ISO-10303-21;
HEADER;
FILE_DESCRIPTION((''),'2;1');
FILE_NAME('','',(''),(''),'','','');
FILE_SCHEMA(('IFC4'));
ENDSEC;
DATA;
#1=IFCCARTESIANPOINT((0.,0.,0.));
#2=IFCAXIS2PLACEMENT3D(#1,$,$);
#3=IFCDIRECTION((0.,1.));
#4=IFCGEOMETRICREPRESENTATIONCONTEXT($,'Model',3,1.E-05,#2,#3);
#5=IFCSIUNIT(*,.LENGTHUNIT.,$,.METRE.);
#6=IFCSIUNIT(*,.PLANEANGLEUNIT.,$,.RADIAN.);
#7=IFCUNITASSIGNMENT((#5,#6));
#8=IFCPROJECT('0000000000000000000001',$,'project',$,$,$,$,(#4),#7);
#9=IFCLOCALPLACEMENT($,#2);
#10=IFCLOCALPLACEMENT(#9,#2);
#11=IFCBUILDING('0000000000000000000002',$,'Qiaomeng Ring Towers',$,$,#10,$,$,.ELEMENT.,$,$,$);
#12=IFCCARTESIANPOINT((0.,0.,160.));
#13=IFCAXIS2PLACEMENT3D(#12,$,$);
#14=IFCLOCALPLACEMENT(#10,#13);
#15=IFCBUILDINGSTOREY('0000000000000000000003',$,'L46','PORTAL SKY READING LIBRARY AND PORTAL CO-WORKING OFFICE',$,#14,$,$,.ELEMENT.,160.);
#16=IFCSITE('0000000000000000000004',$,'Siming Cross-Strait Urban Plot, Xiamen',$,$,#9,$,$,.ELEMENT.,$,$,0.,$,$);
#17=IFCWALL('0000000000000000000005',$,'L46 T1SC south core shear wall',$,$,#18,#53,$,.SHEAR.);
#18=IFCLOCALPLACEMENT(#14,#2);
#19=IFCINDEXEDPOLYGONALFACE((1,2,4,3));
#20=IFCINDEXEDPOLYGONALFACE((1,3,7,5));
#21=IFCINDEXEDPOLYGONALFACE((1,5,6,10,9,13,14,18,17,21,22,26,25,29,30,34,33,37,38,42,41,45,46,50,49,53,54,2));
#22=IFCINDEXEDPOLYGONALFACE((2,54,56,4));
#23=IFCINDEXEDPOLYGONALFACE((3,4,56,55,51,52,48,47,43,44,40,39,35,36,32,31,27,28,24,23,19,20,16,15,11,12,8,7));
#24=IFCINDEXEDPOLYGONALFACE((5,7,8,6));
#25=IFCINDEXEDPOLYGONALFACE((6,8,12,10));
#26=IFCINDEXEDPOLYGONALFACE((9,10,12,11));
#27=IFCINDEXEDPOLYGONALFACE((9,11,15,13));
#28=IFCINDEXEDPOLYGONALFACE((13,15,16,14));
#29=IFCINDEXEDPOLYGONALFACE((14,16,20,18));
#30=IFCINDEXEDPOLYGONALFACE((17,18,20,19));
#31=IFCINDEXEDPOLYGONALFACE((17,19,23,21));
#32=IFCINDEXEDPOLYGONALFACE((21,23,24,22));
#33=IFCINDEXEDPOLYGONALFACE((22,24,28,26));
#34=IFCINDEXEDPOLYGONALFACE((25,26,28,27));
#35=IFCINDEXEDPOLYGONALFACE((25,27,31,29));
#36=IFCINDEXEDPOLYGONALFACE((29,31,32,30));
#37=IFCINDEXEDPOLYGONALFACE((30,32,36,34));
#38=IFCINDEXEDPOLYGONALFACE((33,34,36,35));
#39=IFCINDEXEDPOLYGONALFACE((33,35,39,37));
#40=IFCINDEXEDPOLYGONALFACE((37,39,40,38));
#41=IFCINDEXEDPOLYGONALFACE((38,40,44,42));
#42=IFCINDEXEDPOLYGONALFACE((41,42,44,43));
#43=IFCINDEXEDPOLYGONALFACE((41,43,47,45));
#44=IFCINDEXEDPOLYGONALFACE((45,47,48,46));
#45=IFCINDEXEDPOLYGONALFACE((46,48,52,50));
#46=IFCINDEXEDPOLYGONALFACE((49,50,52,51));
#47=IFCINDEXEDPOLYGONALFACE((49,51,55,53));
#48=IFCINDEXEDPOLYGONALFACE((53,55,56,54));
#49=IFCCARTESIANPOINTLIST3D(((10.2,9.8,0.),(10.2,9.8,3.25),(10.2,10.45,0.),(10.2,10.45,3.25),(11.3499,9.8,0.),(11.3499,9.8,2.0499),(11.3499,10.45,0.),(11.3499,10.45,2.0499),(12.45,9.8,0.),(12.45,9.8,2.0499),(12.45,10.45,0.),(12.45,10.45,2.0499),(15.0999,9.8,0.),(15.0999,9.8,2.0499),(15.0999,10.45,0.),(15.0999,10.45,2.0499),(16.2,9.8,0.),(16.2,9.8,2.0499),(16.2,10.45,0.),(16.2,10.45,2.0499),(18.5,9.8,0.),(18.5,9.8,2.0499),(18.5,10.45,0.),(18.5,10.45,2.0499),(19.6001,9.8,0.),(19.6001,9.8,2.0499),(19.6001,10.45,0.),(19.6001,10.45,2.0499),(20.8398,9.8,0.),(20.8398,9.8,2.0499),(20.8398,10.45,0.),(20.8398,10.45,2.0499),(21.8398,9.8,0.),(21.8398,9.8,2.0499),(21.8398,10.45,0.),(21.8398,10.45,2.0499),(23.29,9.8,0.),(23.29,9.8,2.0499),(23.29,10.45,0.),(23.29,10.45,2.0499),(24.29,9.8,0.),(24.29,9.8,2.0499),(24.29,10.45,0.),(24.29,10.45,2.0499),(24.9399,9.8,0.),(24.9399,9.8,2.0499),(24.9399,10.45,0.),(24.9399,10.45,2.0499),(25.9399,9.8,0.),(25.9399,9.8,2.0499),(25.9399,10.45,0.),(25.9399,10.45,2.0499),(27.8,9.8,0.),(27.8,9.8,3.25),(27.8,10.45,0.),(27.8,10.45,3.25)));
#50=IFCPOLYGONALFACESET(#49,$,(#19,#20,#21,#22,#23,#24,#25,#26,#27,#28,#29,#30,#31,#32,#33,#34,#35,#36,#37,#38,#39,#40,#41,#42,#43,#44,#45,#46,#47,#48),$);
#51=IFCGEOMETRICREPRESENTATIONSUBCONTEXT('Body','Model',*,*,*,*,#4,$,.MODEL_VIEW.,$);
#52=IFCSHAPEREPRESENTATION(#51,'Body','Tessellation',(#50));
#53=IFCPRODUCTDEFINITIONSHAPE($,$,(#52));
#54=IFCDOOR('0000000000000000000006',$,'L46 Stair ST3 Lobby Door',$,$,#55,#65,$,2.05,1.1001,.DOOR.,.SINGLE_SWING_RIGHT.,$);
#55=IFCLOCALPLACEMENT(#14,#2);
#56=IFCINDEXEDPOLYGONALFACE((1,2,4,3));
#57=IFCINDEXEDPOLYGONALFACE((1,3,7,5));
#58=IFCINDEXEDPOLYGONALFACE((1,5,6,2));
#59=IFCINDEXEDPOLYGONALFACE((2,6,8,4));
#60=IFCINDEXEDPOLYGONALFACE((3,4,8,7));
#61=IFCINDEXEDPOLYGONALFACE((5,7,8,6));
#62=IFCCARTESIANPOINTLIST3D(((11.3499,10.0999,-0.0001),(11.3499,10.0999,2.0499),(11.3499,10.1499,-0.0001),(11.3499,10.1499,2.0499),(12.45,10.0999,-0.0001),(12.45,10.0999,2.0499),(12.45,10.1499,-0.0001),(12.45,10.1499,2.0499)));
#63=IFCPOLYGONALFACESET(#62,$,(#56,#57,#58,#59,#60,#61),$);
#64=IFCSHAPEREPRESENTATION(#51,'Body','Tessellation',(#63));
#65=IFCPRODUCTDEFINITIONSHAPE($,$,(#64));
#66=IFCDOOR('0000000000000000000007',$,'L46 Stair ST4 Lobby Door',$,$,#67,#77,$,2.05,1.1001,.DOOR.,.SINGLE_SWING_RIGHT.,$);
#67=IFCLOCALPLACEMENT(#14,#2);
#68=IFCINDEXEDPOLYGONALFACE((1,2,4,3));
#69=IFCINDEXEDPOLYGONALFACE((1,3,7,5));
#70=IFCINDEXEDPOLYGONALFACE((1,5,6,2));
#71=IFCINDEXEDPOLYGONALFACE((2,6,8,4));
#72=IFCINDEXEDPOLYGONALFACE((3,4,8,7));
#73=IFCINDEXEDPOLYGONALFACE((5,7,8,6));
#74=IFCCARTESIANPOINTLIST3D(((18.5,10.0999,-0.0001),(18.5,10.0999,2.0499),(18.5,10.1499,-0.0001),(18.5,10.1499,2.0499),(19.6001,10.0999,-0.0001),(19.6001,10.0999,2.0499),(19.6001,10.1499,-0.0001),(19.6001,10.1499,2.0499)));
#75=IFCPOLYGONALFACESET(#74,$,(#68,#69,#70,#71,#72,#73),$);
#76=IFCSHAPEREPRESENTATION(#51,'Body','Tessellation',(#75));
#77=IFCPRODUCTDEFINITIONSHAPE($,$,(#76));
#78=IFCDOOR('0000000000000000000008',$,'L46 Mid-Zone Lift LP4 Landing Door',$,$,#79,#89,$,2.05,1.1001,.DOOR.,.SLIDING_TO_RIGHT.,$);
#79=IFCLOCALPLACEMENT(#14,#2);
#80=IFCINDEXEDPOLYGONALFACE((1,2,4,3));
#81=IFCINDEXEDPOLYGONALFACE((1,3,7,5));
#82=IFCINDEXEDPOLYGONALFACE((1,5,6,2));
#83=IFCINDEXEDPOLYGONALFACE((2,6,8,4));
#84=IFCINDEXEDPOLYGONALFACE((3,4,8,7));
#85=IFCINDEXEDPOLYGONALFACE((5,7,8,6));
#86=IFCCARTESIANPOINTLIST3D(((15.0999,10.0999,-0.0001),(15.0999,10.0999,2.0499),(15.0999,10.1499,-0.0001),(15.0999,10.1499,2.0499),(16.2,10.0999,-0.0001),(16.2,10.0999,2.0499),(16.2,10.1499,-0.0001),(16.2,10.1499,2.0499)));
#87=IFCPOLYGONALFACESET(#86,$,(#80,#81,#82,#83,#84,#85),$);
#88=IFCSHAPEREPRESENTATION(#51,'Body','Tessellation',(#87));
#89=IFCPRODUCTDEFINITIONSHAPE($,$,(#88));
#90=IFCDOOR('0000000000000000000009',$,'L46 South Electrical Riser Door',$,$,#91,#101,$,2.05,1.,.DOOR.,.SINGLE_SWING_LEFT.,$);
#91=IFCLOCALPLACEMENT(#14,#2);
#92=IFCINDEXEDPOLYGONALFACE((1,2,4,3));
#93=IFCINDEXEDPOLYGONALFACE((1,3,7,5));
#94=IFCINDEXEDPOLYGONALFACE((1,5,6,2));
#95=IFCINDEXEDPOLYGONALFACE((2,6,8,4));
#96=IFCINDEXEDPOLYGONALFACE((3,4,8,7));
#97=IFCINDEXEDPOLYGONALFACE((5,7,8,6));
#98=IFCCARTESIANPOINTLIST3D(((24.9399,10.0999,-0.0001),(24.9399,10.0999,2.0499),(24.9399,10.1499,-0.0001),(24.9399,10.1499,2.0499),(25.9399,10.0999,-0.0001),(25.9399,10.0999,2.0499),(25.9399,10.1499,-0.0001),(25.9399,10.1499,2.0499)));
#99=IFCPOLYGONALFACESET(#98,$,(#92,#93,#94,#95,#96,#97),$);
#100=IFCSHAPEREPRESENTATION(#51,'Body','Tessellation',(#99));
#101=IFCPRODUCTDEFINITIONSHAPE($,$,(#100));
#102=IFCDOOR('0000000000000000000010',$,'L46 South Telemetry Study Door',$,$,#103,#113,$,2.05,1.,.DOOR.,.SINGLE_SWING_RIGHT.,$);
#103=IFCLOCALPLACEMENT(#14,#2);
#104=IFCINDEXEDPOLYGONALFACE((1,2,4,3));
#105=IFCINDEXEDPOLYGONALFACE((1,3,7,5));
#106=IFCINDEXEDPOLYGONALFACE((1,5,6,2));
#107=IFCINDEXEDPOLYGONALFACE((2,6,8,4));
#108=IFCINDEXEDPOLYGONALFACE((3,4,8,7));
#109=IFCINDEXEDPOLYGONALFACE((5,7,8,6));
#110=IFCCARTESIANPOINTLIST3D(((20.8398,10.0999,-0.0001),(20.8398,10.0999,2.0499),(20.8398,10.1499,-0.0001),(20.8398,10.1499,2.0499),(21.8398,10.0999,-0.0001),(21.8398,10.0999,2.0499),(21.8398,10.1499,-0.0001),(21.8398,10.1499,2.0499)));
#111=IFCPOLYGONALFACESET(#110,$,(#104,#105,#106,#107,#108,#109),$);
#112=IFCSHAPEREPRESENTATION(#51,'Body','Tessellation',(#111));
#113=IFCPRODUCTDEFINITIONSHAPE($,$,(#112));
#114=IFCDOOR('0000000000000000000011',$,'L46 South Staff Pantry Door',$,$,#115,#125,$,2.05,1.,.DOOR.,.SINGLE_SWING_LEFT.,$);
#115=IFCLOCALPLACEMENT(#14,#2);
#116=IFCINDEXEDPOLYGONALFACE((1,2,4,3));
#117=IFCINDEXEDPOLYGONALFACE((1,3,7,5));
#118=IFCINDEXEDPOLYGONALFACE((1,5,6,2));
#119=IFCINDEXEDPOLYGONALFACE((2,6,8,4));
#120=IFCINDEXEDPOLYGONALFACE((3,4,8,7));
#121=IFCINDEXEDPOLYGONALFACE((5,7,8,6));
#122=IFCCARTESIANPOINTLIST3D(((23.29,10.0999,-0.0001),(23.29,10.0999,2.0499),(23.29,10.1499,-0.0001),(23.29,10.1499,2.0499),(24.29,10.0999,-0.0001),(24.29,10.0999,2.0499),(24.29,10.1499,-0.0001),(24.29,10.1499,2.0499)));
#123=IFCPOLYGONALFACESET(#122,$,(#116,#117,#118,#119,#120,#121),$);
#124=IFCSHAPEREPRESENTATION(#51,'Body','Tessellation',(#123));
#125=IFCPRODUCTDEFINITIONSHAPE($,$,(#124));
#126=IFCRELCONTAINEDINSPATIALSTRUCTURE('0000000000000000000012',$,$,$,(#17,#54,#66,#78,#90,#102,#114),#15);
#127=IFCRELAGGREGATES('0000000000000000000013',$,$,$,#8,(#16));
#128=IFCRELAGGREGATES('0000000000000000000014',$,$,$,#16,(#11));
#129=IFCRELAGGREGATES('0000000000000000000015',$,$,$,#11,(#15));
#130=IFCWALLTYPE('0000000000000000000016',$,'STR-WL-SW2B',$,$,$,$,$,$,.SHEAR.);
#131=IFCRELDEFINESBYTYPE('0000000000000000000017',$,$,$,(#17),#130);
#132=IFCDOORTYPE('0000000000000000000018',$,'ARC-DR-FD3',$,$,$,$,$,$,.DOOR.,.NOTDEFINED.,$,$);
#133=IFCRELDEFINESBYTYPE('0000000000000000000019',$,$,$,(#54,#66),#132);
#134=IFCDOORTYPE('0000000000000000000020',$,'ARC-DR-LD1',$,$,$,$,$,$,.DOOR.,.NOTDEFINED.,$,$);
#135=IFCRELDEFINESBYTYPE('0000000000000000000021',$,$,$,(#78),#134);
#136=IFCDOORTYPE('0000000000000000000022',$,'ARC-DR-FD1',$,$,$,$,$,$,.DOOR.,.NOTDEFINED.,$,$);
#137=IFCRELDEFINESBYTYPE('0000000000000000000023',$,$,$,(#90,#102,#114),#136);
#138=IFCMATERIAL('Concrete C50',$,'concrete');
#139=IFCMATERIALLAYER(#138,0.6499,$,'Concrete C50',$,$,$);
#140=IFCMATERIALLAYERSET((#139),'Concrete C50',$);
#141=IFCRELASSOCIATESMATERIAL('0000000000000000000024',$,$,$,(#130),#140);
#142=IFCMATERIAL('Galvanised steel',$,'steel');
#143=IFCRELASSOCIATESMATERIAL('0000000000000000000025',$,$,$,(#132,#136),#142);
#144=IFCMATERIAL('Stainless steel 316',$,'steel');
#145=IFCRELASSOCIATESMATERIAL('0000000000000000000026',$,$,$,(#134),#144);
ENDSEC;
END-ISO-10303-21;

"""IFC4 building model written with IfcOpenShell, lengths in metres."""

from ifc_helpers import new_model, si_unit, direction, frame, frame_2d, origin, place, context, subcontext, project, spatial, rectangle, extrude, source, transform, mapped, material, layer, layer_set, type_object, element, fill, save


model = new_model("IFC4")

# Units and contexts
model_context = context("Model", 3, precision=1e-05, world=origin(), true_north=direction((0.0, 1.0)))
body_context = subcontext(model_context, "Body", "Model", "MODEL_VIEW")
ifc_project = project(units=[si_unit("LENGTHUNIT", "METRE"), si_unit("PLANEANGLEUNIT", "RADIAN")], contexts=[model_context])

# Site, building, storey
site_placement = place(None, origin())
site = spatial("IfcSite", under=ifc_project, at=site_placement, Name="Siming Cross-Strait Urban Plot, Xiamen", CompositionType="ELEMENT", RefElevation=0.0)
building_placement = place(site_placement, origin())
building = spatial("IfcBuilding", under=site, at=building_placement, Name="Qiaomeng Ring Towers", CompositionType="ELEMENT")
storey_placement = place(building_placement, frame((0.0, 0.0, 160.0)))
storey = spatial("IfcBuildingStorey", under=building, at=storey_placement, Name="L46", Description="PORTAL SKY READING LIBRARY AND PORTAL CO-WORKING OFFICE", CompositionType="ELEMENT", Elevation=160.0)

# Wall, openings, doors
shared_shape_1 = source(origin(), body_context, "Body", "SweptSolid", [
    extrude(rectangle(XDim=1.0, YDim=2.05, at=frame_2d((0.5, 1.0249))), frame((0.0, 0.0249, 0.0), z_axis=(0.0, -1.0, 0.0), x_axis=(1.0, 0.0, 0.0)), (0.0, 0.0, 1.0), 0.05),
])
ifc_material_1 = material(Name="Concrete C50", Category="concrete")
ifc_layer_1 = layer(ifc_material_1, 0.6499, Name="Concrete C50")
ifc_layer_set_1 = layer_set([ifc_layer_1], Name="Concrete C50")
wall_type_1 = type_object("IfcWallType", Name="STR-WL-SW2B", PredefinedType="SHEAR", material=ifc_layer_set_1)
wall_1_placement = place(storey_placement, frame((10.2, 10.125, 0.0), z_axis=(0.0, 0.0, 1.0), x_axis=(1.0, 0.0, 0.0)))
wall_1 = element("IfcWall", 1, at=wall_1_placement, inside=storey, type_object=wall_type_1, Name="L46 T1SC south core shear wall", PredefinedType="SHEAR", context=body_context, shape_type="SweptSolid", body=[
    extrude(rectangle(XDim=17.6001, YDim=0.6499, at=frame_2d((8.8, 0.0))), origin(), (0.0, 0.0, 1.0), 3.25),
])
opening_1_placement = place(wall_1_placement, frame((1.1499, 0.0, 0.0)))
opening_1 = element("IfcOpeningElement", 2, at=opening_1_placement, cuts=wall_1, PredefinedType="OPENING", context=body_context, shape_type="SweptSolid", body=[
    extrude(rectangle(XDim=1.1001, YDim=2.05, at=frame_2d((0.55, 1.0249))), frame((0.0, 0.335, 0.0), z_axis=(0.0, -1.0, 0.0), x_axis=(1.0, 0.0, 0.0)), (0.0, 0.0, 1.0), 0.6699),
])
opening_2_placement = place(wall_1_placement, frame((8.3, 0.0, 0.0)))
opening_2 = element("IfcOpeningElement", 3, at=opening_2_placement, cuts=wall_1, PredefinedType="OPENING", context=body_context, shape_type="SweptSolid", body=[
    extrude(rectangle(XDim=1.1001, YDim=2.05, at=frame_2d((0.55, 1.0249))), frame((0.0, 0.335, 0.0), z_axis=(0.0, -1.0, 0.0), x_axis=(1.0, 0.0, 0.0)), (0.0, 0.0, 1.0), 0.6699),
])
opening_3_placement = place(wall_1_placement, frame((4.8999, 0.0, 0.0)))
opening_3 = element("IfcOpeningElement", 4, at=opening_3_placement, cuts=wall_1, PredefinedType="OPENING", context=body_context, shape_type="SweptSolid", body=[
    extrude(rectangle(XDim=1.1001, YDim=2.05, at=frame_2d((0.55, 1.0249))), frame((0.0, 0.335, 0.0), z_axis=(0.0, -1.0, 0.0), x_axis=(1.0, 0.0, 0.0)), (0.0, 0.0, 1.0), 0.6699),
])
opening_4_placement = place(wall_1_placement, frame((14.74, 0.0, 0.0)))
opening_4 = element("IfcOpeningElement", 5, at=opening_4_placement, cuts=wall_1, PredefinedType="OPENING", context=body_context, shape_type="SweptSolid", body=[
    extrude(rectangle(XDim=1.0, YDim=2.05, at=frame_2d((0.5, 1.0249))), frame((0.0, 0.335, 0.0), z_axis=(0.0, -1.0, 0.0), x_axis=(1.0, 0.0, 0.0)), (0.0, 0.0, 1.0), 0.6699),
])
opening_5_placement = place(wall_1_placement, frame((10.6399, 0.0, 0.0)))
opening_5 = element("IfcOpeningElement", 6, at=opening_5_placement, cuts=wall_1, PredefinedType="OPENING", context=body_context, shape_type="SweptSolid", body=[
    extrude(rectangle(XDim=1.0, YDim=2.05, at=frame_2d((0.5, 1.0249))), frame((0.0, 0.335, 0.0), z_axis=(0.0, -1.0, 0.0), x_axis=(1.0, 0.0, 0.0)), (0.0, 0.0, 1.0), 0.6699),
])
opening_6_placement = place(wall_1_placement, frame((13.0901, 0.0, 0.0)))
opening_6 = element("IfcOpeningElement", 7, at=opening_6_placement, cuts=wall_1, PredefinedType="OPENING", context=body_context, shape_type="SweptSolid", body=[
    extrude(rectangle(XDim=1.0, YDim=2.05, at=frame_2d((0.5, 1.0249))), frame((0.0, 0.335, 0.0), z_axis=(0.0, -1.0, 0.0), x_axis=(1.0, 0.0, 0.0)), (0.0, 0.0, 1.0), 0.6699),
])
ifc_material_2 = material(Name="Galvanised steel", Category="steel")
door_type_1 = type_object("IfcDoorType", Name="ARC-DR-FD3", OperationType="NOTDEFINED", PredefinedType="DOOR", material=ifc_material_2)
shared_shape_2 = source(origin(), body_context, "Body", "SweptSolid", [
    extrude(rectangle(XDim=1.1001, YDim=2.05, at=frame_2d((0.55, 1.0249))), frame((0.0, 0.0249, 0.0), z_axis=(0.0, -1.0, 0.0), x_axis=(1.0, 0.0, 0.0)), (0.0, 0.0, 1.0), 0.05),
])
door_1_placement = place(opening_1_placement, origin())
door_1 = element("IfcDoor", 8, at=door_1_placement, inside=storey, type_object=door_type_1, Name="L46 Stair ST3 Lobby Door", OperationType="SINGLE_SWING_RIGHT", OverallHeight=2.05, OverallWidth=1.1001, PredefinedType="DOOR", context=body_context, shape_type="MappedRepresentation", body=[
    mapped(shared_shape_2, transform((0.0, 0.0, 0.0), x_axis=(1.0, 0.0, 0.0), y_axis=(0.0, 1.0, 0.0), z_axis=(0.0, 0.0, 1.0), scale=1.0)),
])
fill(opening_1, door_1)
door_2_placement = place(opening_2_placement, origin())
door_2 = element("IfcDoor", 9, at=door_2_placement, inside=storey, type_object=door_type_1, Name="L46 Stair ST4 Lobby Door", OperationType="SINGLE_SWING_RIGHT", OverallHeight=2.05, OverallWidth=1.1001, PredefinedType="DOOR", context=body_context, shape_type="MappedRepresentation", body=[
    mapped(shared_shape_2, transform((0.0, 0.0, 0.0), x_axis=(1.0, 0.0, 0.0), y_axis=(0.0, 1.0, 0.0), z_axis=(0.0, 0.0, 1.0), scale=1.0)),
])
fill(opening_2, door_2)
ifc_material_3 = material(Name="Stainless steel 316", Category="steel")
door_type_2 = type_object("IfcDoorType", Name="ARC-DR-LD1", OperationType="NOTDEFINED", PredefinedType="DOOR", material=ifc_material_3)
door_3_placement = place(opening_3_placement, origin())
door_3 = element("IfcDoor", 10, at=door_3_placement, inside=storey, type_object=door_type_2, Name="L46 Mid-Zone Lift LP4 Landing Door", OperationType="SLIDING_TO_RIGHT", OverallHeight=2.05, OverallWidth=1.1001, PredefinedType="DOOR", context=body_context, shape_type="MappedRepresentation", body=[
    mapped(shared_shape_2, transform((0.0, 0.0, 0.0), x_axis=(1.0, 0.0, 0.0), y_axis=(0.0, 1.0, 0.0), z_axis=(0.0, 0.0, 1.0), scale=1.0)),
])
fill(opening_3, door_3)
door_type_3 = type_object("IfcDoorType", Name="ARC-DR-FD1", OperationType="NOTDEFINED", PredefinedType="DOOR", material=ifc_material_2)
door_4_placement = place(opening_4_placement, origin())
door_4 = element("IfcDoor", 11, at=door_4_placement, inside=storey, type_object=door_type_3, Name="L46 South Electrical Riser Door", OperationType="SINGLE_SWING_LEFT", OverallHeight=2.05, OverallWidth=1.0, PredefinedType="DOOR", context=body_context, shape_type="MappedRepresentation", body=[
    mapped(shared_shape_1, transform((0.0, 0.0, 0.0), x_axis=(1.0, 0.0, 0.0), y_axis=(0.0, 1.0, 0.0), z_axis=(0.0, 0.0, 1.0), scale=1.0)),
])
fill(opening_4, door_4)
door_5_placement = place(opening_5_placement, origin())
door_5 = element("IfcDoor", 12, at=door_5_placement, inside=storey, type_object=door_type_3, Name="L46 South Telemetry Study Door", OperationType="SINGLE_SWING_RIGHT", OverallHeight=2.05, OverallWidth=1.0, PredefinedType="DOOR", context=body_context, shape_type="MappedRepresentation", body=[
    mapped(shared_shape_1, transform((0.0, 0.0, 0.0), x_axis=(1.0, 0.0, 0.0), y_axis=(0.0, 1.0, 0.0), z_axis=(0.0, 0.0, 1.0), scale=1.0)),
])
fill(opening_5, door_5)
door_6_placement = place(opening_6_placement, origin())
door_6 = element("IfcDoor", 13, at=door_6_placement, inside=storey, type_object=door_type_3, Name="L46 South Staff Pantry Door", OperationType="SINGLE_SWING_LEFT", OverallHeight=2.05, OverallWidth=1.0, PredefinedType="DOOR", context=body_context, shape_type="MappedRepresentation", body=[
    mapped(shared_shape_1, transform((0.0, 0.0, 0.0), x_axis=(1.0, 0.0, 0.0), y_axis=(0.0, 1.0, 0.0), z_axis=(0.0, 0.0, 1.0), scale=1.0)),
])
fill(opening_6, door_6)

save(model, "model.ifc")
